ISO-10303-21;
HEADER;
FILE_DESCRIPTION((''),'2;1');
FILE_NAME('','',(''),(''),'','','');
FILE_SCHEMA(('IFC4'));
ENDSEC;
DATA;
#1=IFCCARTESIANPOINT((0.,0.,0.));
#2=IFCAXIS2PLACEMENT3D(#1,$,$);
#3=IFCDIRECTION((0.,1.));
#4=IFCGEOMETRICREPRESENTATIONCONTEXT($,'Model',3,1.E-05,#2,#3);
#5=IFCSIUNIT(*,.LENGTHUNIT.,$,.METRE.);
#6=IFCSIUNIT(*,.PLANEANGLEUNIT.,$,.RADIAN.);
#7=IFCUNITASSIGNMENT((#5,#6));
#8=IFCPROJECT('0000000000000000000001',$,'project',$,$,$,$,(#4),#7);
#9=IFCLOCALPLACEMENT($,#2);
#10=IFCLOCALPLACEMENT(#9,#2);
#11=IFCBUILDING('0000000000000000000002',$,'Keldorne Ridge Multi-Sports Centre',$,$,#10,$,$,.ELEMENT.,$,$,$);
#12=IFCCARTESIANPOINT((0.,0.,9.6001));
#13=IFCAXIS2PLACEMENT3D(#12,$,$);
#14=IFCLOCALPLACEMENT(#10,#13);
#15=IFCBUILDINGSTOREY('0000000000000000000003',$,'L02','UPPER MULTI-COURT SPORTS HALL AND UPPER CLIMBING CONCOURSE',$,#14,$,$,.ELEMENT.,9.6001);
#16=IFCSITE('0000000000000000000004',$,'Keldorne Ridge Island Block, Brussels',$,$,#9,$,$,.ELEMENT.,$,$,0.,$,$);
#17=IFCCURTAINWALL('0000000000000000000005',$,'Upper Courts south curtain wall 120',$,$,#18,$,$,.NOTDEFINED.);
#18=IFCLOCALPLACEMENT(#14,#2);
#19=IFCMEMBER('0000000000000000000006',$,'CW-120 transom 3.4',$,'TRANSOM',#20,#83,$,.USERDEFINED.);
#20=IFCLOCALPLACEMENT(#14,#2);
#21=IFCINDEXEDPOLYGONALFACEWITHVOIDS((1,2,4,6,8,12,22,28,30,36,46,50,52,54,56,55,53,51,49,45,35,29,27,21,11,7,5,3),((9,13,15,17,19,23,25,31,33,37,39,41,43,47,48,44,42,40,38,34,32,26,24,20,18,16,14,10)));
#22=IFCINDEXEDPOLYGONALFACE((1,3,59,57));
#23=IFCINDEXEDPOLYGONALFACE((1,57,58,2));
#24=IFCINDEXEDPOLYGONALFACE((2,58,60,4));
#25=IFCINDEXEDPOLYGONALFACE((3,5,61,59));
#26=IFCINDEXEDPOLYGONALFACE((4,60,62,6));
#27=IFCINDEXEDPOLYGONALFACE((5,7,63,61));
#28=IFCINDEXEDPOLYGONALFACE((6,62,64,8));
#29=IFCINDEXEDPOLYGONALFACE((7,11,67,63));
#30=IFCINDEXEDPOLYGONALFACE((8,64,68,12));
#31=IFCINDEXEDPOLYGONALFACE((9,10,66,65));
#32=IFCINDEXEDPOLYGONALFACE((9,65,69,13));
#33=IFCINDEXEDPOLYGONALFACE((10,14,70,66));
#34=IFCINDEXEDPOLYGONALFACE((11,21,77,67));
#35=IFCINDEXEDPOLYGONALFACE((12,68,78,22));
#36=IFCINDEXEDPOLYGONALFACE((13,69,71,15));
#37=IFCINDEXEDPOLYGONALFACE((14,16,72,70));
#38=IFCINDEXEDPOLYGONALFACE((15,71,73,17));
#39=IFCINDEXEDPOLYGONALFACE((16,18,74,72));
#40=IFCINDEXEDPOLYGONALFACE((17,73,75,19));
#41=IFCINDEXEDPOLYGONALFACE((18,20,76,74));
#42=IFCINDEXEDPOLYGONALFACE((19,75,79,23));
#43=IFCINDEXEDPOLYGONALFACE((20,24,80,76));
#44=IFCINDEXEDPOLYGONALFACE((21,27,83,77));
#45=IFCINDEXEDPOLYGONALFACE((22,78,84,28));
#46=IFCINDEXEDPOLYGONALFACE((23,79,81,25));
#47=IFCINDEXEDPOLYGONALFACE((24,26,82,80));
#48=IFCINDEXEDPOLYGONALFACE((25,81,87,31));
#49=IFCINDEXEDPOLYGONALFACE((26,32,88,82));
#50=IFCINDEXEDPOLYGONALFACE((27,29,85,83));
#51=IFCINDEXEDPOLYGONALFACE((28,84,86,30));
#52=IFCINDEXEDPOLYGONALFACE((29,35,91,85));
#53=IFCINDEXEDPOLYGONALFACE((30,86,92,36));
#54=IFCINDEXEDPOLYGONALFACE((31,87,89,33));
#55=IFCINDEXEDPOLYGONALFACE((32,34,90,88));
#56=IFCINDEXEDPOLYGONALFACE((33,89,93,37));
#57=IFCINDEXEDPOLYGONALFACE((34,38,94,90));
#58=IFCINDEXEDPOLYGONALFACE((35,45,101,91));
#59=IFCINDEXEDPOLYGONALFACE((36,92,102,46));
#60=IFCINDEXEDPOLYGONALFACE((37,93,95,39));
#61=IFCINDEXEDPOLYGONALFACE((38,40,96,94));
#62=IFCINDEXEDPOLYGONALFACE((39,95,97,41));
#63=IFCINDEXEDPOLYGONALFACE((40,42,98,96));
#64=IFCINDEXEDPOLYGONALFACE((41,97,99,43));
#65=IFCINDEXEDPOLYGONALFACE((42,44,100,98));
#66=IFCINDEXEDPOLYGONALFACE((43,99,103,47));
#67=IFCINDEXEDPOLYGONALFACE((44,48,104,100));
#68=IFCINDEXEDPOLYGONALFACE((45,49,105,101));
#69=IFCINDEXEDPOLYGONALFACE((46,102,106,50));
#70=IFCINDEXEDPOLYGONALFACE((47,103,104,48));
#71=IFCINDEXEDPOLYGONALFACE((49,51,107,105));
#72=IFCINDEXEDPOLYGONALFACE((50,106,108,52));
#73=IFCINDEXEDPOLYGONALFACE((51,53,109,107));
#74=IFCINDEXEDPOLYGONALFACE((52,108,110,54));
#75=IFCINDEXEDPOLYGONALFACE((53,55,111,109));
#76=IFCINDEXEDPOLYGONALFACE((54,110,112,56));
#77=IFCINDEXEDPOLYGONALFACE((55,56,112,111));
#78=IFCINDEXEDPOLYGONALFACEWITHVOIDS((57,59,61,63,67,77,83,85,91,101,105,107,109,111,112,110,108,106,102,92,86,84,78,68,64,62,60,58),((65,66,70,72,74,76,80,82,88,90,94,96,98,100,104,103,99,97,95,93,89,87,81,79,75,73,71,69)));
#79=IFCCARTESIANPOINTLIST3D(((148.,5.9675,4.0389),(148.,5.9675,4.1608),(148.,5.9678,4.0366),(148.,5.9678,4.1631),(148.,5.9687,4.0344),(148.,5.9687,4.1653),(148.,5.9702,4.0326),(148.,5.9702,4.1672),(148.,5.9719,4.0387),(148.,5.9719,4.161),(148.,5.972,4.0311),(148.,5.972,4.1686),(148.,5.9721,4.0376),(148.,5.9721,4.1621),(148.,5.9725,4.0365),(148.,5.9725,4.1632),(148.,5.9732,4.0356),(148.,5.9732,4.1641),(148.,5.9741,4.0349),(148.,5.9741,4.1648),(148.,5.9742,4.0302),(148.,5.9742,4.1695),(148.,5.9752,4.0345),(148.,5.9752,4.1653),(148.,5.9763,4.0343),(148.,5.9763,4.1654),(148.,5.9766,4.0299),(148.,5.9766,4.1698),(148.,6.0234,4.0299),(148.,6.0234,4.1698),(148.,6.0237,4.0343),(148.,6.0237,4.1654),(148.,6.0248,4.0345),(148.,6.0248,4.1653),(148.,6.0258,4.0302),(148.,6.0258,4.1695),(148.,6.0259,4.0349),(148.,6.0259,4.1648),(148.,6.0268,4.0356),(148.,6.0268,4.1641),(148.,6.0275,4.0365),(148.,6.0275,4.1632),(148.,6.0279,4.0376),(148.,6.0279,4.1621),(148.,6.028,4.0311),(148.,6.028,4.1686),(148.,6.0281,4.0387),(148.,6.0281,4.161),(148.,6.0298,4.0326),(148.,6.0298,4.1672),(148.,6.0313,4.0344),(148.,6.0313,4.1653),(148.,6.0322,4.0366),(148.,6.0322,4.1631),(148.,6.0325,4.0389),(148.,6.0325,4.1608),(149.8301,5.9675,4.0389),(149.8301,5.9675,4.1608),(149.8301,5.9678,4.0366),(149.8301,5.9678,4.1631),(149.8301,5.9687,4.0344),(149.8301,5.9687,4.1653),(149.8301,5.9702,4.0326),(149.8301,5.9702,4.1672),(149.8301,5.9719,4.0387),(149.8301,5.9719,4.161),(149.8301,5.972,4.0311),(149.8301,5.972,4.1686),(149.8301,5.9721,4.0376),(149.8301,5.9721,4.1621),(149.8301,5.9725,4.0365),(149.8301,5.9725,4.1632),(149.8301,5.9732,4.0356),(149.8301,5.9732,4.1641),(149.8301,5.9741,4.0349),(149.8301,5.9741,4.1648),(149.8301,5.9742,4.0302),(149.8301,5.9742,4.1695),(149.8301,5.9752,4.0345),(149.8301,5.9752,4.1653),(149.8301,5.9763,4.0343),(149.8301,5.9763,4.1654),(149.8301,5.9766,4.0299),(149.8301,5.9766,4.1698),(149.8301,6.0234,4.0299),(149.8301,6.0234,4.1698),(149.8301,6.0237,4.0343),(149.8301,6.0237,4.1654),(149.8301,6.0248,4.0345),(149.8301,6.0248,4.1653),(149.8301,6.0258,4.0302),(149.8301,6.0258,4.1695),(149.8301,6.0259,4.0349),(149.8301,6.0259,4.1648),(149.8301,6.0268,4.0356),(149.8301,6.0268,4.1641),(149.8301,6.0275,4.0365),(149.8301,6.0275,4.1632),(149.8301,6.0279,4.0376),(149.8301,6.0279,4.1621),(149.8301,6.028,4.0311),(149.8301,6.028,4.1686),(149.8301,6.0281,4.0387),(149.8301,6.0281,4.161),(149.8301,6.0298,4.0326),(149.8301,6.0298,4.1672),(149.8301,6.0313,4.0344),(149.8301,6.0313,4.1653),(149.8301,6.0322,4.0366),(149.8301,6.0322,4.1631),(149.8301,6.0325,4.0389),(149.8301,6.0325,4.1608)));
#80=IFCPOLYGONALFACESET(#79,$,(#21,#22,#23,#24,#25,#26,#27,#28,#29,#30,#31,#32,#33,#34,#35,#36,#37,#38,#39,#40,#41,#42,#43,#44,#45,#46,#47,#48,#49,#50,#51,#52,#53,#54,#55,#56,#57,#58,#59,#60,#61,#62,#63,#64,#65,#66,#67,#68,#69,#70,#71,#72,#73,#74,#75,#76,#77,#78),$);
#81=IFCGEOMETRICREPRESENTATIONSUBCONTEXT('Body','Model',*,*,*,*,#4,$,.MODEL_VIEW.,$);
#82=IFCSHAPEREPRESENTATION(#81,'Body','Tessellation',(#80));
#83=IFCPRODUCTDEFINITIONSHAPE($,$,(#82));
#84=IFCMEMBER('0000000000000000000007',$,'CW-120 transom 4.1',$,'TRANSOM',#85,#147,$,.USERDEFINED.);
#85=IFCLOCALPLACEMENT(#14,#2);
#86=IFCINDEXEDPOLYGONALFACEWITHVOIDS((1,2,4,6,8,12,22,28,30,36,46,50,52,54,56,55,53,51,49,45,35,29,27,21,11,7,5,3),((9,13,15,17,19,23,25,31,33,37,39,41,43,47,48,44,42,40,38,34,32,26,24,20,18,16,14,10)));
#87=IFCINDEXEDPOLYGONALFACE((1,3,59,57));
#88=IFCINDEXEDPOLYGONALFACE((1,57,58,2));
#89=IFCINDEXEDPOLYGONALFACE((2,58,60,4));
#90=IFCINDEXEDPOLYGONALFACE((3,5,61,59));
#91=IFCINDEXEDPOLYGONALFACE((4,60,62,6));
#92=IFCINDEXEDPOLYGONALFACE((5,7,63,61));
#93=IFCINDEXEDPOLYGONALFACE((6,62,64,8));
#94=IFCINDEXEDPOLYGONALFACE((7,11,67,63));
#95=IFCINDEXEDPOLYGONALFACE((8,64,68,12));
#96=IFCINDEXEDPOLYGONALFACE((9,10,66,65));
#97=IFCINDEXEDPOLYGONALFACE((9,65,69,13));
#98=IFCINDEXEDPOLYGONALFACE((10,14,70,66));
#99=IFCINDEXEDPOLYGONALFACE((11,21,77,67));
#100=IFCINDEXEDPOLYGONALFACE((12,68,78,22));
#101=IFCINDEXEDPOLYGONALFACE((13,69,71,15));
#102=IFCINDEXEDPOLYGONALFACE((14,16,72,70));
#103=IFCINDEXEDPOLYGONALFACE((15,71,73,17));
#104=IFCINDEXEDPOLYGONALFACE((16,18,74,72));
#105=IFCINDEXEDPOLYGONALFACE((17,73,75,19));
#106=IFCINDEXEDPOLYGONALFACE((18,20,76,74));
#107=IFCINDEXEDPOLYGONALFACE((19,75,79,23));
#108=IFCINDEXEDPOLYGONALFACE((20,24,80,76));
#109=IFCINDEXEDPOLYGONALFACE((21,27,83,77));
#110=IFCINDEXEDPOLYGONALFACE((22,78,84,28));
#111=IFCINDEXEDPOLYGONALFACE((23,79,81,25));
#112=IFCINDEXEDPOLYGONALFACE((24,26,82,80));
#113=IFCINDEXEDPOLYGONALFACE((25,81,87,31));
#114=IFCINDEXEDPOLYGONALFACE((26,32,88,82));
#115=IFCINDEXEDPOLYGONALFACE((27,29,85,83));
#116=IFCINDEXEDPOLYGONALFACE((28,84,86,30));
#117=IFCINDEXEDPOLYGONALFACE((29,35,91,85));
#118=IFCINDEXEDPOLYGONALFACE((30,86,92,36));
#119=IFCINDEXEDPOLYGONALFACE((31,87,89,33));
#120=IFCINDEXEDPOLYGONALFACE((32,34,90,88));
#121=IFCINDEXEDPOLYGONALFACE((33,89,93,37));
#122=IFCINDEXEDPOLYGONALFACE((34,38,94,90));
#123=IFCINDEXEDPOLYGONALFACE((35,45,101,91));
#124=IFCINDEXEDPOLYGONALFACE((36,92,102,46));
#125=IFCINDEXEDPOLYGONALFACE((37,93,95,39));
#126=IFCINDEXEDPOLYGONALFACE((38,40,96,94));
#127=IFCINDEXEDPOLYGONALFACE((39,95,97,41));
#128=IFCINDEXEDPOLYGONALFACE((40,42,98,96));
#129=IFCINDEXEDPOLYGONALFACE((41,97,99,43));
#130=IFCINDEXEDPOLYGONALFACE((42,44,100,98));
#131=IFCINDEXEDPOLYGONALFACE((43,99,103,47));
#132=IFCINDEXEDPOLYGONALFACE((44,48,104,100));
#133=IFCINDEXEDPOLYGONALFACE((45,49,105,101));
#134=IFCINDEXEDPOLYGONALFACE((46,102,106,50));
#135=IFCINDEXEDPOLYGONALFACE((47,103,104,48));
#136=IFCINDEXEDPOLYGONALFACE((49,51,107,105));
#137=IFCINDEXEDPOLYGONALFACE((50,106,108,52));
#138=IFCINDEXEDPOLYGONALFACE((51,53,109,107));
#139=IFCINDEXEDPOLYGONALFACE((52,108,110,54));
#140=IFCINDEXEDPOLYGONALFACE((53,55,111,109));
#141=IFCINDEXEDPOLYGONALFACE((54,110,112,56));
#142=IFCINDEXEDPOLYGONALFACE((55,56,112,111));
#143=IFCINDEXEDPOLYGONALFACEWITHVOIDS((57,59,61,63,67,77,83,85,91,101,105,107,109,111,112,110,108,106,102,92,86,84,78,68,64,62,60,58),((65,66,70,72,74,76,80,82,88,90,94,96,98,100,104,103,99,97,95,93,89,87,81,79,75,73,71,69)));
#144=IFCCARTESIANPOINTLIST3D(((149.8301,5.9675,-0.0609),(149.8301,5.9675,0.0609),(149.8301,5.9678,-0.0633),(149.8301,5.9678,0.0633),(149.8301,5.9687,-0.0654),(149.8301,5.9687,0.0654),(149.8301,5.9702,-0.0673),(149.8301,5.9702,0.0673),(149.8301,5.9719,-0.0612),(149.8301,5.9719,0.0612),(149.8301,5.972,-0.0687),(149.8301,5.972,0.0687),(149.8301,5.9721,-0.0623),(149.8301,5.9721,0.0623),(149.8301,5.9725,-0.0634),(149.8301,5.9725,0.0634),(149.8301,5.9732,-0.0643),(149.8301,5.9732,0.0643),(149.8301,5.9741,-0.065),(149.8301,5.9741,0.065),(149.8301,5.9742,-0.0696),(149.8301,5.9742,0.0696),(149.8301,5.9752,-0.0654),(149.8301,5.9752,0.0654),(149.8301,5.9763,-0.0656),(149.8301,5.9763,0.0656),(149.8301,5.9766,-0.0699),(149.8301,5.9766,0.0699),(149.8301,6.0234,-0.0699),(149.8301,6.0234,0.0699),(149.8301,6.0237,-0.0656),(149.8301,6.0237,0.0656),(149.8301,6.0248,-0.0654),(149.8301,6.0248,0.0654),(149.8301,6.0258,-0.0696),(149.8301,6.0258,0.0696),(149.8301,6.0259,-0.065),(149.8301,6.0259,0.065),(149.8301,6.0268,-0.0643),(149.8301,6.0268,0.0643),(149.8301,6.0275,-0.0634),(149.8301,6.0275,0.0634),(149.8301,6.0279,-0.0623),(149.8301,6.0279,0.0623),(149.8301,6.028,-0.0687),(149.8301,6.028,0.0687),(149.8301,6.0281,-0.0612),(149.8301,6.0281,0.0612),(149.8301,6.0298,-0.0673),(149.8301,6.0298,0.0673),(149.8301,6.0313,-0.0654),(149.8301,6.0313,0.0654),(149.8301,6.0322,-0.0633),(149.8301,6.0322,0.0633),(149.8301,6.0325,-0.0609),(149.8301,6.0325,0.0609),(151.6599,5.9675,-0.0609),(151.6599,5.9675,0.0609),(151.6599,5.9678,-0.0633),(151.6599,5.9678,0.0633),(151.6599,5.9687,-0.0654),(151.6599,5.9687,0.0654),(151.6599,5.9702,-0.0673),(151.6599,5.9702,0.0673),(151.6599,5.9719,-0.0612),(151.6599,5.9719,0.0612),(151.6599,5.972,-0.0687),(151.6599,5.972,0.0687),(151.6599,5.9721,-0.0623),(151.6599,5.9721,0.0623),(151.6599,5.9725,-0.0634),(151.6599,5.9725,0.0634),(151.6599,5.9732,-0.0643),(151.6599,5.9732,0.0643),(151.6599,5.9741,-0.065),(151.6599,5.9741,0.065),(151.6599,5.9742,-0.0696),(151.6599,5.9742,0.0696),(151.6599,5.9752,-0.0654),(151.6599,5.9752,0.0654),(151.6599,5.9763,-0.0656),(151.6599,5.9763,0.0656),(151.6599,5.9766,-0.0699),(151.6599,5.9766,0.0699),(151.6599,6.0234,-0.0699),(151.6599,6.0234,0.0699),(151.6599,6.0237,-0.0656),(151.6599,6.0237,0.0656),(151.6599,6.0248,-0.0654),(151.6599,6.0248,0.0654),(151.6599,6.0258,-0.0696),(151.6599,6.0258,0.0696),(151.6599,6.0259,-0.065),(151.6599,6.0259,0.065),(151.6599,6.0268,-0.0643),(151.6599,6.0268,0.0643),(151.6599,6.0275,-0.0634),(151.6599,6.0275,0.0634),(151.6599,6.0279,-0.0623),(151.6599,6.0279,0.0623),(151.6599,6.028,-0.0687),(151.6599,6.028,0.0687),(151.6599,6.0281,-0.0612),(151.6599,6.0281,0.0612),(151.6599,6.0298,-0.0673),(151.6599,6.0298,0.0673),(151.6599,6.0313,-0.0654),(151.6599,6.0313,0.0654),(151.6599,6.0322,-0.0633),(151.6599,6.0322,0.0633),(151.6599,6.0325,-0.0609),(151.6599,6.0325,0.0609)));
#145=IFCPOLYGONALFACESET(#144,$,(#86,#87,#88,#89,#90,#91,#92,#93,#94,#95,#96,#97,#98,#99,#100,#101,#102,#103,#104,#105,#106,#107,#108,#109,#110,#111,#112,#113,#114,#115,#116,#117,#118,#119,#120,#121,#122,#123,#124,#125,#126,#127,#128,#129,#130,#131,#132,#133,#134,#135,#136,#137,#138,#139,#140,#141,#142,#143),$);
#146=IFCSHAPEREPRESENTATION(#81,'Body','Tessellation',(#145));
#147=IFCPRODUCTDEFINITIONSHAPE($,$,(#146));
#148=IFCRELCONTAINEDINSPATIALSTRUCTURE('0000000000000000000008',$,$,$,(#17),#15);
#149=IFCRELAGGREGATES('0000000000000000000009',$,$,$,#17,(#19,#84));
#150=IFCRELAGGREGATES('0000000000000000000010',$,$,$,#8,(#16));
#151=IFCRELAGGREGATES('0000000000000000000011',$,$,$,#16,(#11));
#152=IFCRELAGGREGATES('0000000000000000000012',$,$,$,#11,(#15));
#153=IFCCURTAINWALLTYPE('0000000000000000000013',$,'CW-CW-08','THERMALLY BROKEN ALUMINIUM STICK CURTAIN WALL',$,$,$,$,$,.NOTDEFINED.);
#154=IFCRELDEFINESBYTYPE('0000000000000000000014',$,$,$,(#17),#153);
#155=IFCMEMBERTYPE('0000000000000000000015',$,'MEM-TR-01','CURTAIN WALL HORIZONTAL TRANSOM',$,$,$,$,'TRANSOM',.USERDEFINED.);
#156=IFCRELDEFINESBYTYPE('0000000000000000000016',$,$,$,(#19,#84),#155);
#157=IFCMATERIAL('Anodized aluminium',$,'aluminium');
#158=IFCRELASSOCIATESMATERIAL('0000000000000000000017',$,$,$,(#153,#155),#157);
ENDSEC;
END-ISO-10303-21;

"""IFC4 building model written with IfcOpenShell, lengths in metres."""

from ifc_helpers import new_model, si_unit, direction, frame, origin, origin_2d, place, context, subcontext, project, spatial, hollow_rectangle, extrude, material, material_profile, profile_set, type_object, element, aggregate, save


model = new_model("IFC4")

# Units and contexts
model_context = context("Model", 3, precision=1e-05, world=origin(), true_north=direction((0.0, 1.0)))
body_context = subcontext(model_context, "Body", "Model", "MODEL_VIEW")
ifc_project = project(units=[si_unit("LENGTHUNIT", "METRE"), si_unit("PLANEANGLEUNIT", "RADIAN")], contexts=[model_context])

# Site, building, storey
site_placement = place(None, origin())
site = spatial("IfcSite", under=ifc_project, at=site_placement, Name="Keldorne Ridge Island Block, Brussels", CompositionType="ELEMENT", RefElevation=0.0)
building_placement = place(site_placement, origin())
building = spatial("IfcBuilding", under=site, at=building_placement, Name="Keldorne Ridge Multi-Sports Centre", CompositionType="ELEMENT")
storey_placement = place(building_placement, frame((0.0, 0.0, 9.6001)))
storey = spatial("IfcBuildingStorey", under=building, at=storey_placement, Name="L02", Description="UPPER MULTI-COURT SPORTS HALL AND UPPER CLIMBING CONCOURSE", CompositionType="ELEMENT", Elevation=9.6001)

# Curtain wall
ifc_material_1 = material(Name="Anodized aluminium", Category="aluminium")
curtain_wall_type_1 = type_object("IfcCurtainWallType", Name="CW-CW-08", Description="THERMALLY BROKEN ALUMINIUM STICK CURTAIN WALL", PredefinedType="NOTDEFINED", material=ifc_material_1)
curtain_wall_1_placement = place(storey_placement, origin())
curtain_wall_1 = element("IfcCurtainWall", 1, at=curtain_wall_1_placement, inside=storey, type_object=curtain_wall_type_1, Name="Upper Courts south curtain wall 120", PredefinedType="NOTDEFINED")

# Members
ifc_material_profile_1 = material_profile(ifc_material_1, hollow_rectangle(XDim=0.0649, YDim=0.1399, WallThickness=0.0044, InnerFilletRadius=0.0044, OuterFilletRadius=0.009, at=origin_2d()), Name="ALU TRANSOM 140x65x4.5")
ifc_profile_set_1 = profile_set([ifc_material_profile_1], Name="Anodized aluminium")
member_type_1 = type_object("IfcMemberType", Name="MEM-TR-01", Description="CURTAIN WALL HORIZONTAL TRANSOM", ElementType="TRANSOM", PredefinedType="USERDEFINED", material=ifc_profile_set_1)
member_1_placement = place(storey_placement, frame((148.0, 6.0, 4.0999), z_axis=(1.0, 0.0, 0.0), x_axis=(0.0, 1.0, 0.0)))
member_1 = element("IfcMember", 2, at=member_1_placement, type_object=member_type_1, Name="CW-120 transom 3.4", ObjectType="TRANSOM", PredefinedType="USERDEFINED", context=body_context, shape_type="SweptSolid", body=[
    extrude(hollow_rectangle(XDim=0.0649, YDim=0.1399, WallThickness=0.0044, InnerFilletRadius=0.0044, OuterFilletRadius=0.009, at=origin_2d()), origin(), (0.0, 0.0, 1.0), 1.8301),
])
member_2_placement = place(storey_placement, frame((149.8301, 6.0, 0.0), z_axis=(1.0, 0.0, 0.0), x_axis=(0.0, 1.0, 0.0)))
member_2 = element("IfcMember", 3, at=member_2_placement, type_object=member_type_1, Name="CW-120 transom 4.1", ObjectType="TRANSOM", PredefinedType="USERDEFINED", context=body_context, shape_type="SweptSolid", body=[
    extrude(hollow_rectangle(XDim=0.0649, YDim=0.1399, WallThickness=0.0044, InnerFilletRadius=0.0044, OuterFilletRadius=0.009, at=origin_2d()), origin(), (0.0, 0.0, 1.0), 1.8298),
])

aggregate(curtain_wall_1, [member_1, member_2])

save(model, "model.ifc")
